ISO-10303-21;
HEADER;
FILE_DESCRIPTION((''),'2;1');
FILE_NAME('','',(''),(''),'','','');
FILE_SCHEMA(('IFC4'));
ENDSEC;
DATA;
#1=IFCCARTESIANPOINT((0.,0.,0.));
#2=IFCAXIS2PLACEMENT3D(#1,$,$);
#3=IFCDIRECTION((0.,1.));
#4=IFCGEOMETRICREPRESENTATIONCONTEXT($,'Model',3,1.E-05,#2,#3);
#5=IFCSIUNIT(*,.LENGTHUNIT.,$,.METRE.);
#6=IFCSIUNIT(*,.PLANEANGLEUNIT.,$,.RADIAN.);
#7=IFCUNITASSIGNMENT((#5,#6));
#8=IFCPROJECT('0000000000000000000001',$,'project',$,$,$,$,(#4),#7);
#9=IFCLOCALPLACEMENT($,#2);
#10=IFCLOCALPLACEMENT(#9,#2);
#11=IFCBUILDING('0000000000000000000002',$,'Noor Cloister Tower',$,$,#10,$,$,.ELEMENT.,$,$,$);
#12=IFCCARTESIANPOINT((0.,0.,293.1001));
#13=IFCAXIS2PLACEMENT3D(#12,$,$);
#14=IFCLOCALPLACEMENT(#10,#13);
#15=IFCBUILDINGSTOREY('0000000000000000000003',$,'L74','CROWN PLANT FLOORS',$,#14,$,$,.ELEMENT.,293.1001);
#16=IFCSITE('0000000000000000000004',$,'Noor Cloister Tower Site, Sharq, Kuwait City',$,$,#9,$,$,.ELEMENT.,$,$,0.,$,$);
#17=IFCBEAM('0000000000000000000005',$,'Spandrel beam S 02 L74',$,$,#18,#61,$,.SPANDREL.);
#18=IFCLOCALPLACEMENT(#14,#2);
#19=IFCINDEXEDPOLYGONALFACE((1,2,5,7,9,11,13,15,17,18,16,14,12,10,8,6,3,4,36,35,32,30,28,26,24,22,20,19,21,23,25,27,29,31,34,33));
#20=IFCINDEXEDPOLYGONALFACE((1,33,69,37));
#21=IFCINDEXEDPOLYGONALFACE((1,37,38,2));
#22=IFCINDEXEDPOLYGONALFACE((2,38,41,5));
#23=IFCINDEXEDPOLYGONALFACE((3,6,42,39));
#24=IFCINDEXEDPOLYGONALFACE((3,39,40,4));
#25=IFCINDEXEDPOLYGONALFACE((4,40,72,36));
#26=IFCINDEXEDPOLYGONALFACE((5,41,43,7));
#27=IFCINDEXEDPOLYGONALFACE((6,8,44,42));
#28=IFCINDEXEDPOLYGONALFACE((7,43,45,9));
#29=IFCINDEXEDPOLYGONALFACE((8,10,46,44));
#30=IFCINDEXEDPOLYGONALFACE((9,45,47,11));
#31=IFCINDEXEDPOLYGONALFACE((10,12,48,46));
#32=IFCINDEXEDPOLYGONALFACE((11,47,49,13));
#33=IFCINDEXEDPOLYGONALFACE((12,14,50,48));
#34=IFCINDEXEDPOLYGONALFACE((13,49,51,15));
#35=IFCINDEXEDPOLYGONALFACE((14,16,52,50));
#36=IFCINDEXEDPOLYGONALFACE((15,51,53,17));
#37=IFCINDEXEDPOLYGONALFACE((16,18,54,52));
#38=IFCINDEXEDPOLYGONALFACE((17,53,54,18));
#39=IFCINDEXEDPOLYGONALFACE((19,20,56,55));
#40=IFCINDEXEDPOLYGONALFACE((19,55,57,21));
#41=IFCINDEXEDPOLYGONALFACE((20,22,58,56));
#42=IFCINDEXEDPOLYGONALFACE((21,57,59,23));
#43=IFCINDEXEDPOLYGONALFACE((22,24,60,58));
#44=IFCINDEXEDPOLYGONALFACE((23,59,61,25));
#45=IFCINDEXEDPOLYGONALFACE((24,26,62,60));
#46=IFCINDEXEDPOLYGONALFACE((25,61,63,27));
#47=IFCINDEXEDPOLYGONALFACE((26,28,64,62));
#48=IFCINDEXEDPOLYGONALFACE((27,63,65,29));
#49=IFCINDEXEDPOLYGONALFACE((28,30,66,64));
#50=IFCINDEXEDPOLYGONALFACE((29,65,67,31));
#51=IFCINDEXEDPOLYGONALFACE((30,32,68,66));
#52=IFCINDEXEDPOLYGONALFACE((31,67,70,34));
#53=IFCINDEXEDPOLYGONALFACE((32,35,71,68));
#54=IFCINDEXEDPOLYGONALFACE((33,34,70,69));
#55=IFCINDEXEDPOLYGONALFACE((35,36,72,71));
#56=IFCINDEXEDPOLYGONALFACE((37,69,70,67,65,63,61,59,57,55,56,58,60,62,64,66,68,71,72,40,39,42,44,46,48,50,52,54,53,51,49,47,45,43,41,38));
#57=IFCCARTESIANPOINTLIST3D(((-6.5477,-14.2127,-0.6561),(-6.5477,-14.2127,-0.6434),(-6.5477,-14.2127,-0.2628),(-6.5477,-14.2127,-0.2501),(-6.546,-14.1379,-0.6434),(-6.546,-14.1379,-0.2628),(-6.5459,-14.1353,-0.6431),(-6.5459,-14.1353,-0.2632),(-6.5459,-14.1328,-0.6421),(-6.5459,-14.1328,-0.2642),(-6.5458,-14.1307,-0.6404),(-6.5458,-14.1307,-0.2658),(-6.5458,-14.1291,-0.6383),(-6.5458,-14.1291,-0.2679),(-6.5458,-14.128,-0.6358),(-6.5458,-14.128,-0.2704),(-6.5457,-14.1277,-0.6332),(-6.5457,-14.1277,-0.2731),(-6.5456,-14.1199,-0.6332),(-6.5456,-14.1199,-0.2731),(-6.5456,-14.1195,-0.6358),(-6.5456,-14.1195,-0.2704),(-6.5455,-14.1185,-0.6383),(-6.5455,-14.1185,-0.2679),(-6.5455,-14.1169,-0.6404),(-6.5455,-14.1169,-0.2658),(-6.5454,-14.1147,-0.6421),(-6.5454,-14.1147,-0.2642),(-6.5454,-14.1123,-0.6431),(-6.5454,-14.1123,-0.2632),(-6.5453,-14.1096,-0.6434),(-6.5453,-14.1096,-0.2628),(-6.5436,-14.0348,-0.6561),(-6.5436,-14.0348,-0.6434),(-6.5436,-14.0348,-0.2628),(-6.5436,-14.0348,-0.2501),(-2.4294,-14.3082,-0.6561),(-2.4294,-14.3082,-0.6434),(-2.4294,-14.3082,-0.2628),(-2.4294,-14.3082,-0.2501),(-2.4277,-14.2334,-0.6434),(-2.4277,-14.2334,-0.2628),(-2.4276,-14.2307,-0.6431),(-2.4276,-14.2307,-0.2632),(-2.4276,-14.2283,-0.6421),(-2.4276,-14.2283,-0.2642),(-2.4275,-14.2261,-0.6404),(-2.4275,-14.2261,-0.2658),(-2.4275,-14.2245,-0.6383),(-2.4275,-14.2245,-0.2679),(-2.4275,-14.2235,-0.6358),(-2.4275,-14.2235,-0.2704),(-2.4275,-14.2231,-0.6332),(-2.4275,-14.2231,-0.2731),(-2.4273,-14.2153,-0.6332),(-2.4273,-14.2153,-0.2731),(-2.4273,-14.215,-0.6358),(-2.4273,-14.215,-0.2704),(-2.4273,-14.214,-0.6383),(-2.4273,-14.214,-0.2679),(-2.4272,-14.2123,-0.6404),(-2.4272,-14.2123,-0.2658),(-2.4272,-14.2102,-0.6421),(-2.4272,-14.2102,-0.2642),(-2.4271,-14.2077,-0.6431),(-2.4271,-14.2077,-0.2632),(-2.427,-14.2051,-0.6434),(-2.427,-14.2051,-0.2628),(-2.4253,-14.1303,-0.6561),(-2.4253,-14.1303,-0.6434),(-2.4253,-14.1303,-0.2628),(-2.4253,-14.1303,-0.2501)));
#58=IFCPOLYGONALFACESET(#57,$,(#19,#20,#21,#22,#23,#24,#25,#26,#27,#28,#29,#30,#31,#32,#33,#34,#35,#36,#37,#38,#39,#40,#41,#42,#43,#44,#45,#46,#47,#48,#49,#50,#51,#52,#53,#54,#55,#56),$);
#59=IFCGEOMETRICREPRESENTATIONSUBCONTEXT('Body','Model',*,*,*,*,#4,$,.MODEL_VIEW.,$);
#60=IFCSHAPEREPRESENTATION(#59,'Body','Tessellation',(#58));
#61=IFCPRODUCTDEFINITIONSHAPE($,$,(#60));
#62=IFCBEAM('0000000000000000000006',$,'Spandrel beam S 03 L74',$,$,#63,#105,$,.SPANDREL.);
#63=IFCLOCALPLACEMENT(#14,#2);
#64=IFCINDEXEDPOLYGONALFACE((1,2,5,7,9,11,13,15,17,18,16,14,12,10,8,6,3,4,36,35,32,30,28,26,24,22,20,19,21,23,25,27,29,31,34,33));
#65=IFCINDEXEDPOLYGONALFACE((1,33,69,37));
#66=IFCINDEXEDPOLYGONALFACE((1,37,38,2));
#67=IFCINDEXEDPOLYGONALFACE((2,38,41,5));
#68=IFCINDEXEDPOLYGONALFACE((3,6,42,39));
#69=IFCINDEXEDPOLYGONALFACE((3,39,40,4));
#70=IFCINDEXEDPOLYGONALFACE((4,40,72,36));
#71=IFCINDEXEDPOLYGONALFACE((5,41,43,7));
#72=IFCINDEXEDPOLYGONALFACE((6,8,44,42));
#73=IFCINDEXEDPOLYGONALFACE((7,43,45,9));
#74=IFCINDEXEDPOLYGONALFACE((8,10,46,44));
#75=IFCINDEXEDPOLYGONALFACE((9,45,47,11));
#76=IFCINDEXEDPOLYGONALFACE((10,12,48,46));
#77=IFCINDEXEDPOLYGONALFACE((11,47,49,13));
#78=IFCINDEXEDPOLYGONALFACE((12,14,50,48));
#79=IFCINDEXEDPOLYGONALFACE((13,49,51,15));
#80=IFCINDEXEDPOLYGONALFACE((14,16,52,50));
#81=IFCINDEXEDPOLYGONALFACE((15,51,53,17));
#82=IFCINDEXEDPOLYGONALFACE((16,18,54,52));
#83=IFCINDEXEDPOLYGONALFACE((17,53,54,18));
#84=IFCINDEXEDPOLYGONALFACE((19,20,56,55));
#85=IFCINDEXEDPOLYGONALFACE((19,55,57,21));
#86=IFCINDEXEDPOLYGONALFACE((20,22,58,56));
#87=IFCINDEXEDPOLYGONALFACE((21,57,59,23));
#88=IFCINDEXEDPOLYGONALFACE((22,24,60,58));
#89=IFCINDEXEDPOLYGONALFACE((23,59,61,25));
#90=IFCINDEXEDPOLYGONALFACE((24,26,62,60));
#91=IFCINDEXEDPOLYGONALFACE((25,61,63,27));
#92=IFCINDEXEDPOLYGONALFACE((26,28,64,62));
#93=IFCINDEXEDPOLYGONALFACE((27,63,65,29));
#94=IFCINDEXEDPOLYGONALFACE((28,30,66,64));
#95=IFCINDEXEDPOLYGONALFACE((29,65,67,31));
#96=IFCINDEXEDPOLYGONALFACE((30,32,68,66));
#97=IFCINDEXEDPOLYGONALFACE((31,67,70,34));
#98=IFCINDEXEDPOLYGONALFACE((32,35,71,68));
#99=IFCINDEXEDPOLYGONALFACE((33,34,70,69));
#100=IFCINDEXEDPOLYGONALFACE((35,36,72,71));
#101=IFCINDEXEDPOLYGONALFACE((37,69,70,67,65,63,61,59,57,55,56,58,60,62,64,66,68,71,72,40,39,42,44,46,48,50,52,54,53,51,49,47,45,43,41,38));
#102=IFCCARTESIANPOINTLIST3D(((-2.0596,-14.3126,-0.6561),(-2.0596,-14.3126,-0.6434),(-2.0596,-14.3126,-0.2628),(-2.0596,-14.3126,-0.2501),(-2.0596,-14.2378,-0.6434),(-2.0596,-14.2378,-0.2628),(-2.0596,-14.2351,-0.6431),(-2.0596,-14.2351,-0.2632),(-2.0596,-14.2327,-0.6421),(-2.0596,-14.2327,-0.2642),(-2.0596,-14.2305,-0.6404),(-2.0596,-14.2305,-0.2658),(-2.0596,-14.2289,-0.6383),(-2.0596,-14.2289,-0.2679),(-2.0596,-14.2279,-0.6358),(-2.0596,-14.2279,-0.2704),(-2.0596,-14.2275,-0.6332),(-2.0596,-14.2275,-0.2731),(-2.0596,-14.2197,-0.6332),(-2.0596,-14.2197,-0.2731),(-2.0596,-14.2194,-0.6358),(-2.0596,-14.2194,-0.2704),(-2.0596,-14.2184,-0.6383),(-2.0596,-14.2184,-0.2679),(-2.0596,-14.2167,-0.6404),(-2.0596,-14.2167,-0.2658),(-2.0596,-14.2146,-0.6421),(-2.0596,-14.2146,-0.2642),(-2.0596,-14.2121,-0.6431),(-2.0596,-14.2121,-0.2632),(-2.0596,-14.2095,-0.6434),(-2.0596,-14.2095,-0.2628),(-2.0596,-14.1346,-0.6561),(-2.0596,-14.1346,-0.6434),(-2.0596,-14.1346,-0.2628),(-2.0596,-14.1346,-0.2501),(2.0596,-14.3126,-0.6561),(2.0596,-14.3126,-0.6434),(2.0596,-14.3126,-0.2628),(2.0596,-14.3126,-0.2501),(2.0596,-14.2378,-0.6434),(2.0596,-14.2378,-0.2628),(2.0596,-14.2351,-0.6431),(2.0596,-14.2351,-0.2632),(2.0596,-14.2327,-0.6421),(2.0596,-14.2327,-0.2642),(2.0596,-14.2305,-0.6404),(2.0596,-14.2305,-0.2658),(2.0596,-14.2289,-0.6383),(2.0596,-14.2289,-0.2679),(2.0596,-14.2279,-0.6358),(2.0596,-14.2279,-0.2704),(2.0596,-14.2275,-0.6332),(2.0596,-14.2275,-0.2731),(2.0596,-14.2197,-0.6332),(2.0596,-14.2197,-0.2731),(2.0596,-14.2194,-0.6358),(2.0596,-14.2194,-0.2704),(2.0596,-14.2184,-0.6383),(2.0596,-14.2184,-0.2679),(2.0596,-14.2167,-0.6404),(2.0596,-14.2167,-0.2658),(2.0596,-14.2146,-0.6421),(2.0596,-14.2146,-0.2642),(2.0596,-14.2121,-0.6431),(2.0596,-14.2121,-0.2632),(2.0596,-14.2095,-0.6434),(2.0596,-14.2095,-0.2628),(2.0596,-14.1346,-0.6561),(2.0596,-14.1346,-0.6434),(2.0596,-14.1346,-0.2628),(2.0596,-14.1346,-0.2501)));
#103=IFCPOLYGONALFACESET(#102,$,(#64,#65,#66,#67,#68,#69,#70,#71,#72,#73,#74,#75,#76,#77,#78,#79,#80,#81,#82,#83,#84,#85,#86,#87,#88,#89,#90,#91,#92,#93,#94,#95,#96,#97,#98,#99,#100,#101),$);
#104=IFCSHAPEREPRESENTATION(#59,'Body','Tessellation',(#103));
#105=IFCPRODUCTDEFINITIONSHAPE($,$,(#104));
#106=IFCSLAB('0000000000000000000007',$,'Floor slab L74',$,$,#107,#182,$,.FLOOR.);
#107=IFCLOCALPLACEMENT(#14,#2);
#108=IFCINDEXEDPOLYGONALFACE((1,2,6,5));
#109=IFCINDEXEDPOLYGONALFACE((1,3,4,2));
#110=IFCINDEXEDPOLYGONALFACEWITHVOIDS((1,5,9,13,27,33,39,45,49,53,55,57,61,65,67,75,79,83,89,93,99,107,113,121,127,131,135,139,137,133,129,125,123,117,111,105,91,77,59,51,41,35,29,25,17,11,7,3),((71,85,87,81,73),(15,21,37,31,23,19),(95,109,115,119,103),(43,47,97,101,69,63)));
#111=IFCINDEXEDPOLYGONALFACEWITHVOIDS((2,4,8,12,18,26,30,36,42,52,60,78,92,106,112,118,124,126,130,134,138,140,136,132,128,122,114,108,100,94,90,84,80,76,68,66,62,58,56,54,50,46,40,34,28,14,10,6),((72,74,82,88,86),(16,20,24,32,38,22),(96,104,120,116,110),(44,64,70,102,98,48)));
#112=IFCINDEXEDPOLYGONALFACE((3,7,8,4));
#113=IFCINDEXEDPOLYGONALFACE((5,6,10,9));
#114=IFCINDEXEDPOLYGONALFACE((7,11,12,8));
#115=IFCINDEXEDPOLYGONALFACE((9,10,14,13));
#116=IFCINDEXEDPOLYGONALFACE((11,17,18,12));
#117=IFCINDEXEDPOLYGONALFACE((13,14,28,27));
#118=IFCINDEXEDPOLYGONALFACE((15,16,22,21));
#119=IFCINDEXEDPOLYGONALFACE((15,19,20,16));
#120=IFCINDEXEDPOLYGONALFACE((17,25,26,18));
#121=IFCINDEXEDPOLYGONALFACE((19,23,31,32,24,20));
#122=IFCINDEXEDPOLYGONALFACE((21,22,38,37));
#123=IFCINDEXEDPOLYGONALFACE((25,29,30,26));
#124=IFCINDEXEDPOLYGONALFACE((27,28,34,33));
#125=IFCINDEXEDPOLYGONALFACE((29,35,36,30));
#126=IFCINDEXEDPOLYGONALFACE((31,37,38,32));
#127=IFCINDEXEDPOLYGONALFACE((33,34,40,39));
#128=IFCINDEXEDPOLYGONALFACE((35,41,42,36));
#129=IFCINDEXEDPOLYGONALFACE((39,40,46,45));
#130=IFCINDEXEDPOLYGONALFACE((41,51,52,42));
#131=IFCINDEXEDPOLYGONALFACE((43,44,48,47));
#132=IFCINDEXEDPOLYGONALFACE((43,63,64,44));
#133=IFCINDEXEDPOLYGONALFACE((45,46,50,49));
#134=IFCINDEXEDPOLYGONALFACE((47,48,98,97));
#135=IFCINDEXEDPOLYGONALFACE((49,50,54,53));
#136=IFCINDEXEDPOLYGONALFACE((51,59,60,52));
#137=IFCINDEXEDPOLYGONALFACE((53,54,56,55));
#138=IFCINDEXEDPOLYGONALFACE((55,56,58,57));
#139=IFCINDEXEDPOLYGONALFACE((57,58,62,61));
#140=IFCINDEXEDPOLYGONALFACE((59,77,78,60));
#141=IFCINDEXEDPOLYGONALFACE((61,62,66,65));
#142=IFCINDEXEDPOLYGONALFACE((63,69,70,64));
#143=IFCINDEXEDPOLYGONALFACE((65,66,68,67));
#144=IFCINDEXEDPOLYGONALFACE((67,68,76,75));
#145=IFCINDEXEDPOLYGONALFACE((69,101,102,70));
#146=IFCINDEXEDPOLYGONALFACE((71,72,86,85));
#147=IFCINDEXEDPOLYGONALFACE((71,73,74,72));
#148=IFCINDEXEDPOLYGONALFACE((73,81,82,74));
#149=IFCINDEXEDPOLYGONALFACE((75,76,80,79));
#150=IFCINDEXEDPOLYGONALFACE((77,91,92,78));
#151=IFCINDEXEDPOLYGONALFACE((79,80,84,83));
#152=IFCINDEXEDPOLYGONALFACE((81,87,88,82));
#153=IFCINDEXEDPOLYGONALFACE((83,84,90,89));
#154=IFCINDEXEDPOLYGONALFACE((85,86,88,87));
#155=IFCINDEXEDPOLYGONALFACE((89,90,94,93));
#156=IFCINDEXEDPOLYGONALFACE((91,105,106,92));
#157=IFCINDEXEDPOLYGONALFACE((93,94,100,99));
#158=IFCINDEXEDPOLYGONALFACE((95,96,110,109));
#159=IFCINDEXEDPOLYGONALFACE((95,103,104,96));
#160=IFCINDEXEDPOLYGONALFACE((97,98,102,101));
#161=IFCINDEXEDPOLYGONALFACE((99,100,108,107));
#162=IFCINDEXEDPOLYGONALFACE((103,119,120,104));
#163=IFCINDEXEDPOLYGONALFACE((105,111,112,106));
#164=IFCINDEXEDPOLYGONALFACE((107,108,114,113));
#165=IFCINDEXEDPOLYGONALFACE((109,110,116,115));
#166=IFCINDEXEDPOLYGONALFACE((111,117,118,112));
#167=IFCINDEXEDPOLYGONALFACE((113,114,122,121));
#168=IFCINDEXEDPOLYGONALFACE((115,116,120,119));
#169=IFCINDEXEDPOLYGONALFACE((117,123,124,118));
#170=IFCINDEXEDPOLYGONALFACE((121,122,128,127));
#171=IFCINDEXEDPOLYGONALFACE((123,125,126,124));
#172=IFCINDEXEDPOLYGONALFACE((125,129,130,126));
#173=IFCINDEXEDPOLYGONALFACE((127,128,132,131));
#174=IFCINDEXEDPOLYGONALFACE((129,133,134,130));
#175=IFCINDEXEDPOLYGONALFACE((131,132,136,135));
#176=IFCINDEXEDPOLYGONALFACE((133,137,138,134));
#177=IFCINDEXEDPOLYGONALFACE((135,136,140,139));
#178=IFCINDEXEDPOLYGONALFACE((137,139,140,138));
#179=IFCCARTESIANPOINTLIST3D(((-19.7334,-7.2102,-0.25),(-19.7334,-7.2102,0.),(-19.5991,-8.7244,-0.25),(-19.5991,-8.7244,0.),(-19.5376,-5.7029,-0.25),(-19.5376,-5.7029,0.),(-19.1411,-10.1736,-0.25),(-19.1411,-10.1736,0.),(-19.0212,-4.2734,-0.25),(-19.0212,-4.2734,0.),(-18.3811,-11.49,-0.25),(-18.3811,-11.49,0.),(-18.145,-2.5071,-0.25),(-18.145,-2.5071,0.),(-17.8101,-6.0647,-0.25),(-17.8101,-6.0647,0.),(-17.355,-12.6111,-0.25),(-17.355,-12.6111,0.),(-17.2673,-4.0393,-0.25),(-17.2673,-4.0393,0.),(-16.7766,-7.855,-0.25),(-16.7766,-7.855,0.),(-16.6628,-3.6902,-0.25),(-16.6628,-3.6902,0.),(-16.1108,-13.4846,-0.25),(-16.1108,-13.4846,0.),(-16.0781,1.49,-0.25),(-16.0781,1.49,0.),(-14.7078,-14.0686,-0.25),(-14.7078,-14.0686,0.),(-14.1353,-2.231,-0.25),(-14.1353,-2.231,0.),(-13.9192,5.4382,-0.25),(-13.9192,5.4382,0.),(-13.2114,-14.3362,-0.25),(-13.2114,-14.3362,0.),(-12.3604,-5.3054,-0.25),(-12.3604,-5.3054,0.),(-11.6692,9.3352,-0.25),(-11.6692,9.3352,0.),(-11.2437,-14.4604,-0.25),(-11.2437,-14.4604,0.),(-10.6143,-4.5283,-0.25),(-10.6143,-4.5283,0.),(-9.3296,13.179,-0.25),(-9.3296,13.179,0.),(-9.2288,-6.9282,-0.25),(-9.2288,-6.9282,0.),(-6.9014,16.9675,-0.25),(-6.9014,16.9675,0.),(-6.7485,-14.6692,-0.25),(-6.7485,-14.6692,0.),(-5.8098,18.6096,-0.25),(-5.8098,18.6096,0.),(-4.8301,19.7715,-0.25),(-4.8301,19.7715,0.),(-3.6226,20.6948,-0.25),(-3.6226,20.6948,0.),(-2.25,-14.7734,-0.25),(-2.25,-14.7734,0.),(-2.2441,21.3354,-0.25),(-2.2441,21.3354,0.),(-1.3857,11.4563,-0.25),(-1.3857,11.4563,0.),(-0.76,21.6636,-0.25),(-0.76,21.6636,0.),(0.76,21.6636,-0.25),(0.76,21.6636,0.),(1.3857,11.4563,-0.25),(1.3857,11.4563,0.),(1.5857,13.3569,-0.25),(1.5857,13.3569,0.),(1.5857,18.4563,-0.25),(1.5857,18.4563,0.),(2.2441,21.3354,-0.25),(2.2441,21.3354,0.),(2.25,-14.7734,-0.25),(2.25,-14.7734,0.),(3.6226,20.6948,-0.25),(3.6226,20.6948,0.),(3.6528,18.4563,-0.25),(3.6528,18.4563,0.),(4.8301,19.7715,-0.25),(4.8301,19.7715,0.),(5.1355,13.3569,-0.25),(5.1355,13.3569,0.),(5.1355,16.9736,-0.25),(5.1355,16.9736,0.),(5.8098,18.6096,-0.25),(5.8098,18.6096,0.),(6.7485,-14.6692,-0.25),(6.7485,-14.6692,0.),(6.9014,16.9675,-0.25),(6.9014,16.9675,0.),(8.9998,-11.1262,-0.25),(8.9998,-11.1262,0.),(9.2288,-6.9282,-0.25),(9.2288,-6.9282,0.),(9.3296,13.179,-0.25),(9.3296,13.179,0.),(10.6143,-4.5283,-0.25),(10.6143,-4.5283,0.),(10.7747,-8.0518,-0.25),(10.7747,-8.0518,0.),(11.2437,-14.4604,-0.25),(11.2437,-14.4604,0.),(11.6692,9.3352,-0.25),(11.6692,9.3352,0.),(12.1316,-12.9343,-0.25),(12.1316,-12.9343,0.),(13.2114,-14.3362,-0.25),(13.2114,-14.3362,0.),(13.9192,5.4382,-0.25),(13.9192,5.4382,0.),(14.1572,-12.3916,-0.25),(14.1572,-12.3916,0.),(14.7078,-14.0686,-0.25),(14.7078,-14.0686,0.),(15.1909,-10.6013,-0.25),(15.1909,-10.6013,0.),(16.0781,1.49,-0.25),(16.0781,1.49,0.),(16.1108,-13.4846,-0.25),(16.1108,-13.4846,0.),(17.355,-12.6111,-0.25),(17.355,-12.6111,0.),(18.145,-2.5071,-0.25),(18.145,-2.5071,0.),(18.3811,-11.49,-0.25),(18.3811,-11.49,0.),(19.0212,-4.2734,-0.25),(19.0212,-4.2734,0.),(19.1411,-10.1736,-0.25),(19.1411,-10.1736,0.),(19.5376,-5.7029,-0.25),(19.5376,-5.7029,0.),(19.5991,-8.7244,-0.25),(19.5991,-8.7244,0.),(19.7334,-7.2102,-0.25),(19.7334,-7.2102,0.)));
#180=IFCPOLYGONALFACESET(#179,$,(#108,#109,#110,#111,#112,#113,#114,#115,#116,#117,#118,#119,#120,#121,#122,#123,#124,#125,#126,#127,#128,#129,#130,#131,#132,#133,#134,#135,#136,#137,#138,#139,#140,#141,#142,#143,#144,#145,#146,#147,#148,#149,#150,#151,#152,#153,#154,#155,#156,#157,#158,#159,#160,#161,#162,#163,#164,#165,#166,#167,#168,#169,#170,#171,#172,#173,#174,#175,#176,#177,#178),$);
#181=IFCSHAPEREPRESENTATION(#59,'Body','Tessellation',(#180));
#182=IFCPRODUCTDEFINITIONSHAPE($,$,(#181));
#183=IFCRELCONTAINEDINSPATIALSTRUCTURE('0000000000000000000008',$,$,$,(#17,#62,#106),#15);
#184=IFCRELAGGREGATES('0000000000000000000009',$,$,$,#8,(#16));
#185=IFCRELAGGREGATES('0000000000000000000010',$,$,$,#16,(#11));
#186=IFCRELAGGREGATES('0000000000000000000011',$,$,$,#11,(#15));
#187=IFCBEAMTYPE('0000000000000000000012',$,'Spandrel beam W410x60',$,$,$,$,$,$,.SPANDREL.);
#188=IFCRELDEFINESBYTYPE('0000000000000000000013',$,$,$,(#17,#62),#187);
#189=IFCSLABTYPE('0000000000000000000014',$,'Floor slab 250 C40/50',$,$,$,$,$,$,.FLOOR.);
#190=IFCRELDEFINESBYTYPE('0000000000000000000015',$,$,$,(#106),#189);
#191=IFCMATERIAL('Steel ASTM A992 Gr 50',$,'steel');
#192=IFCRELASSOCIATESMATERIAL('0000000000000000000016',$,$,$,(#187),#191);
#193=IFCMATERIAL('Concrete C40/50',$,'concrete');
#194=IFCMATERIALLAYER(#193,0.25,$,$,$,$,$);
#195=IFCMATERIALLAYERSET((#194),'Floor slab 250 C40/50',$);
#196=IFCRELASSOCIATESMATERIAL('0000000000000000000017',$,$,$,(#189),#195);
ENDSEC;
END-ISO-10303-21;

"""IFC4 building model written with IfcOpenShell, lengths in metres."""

from ifc_helpers import new_model, si_unit, direction, frame, origin, origin_2d, place, context, subcontext, project, spatial, polyline, i_section, outline, extrude, material, layer, layer_set, material_profile, profile_set, type_object, element, save


model = new_model("IFC4")

# Units and contexts
model_context = context("Model", 3, precision=1e-05, world=origin(), true_north=direction((0.0, 1.0)))
body_context = subcontext(model_context, "Body", "Model", "MODEL_VIEW")
ifc_project = project(units=[si_unit("LENGTHUNIT", "METRE"), si_unit("PLANEANGLEUNIT", "RADIAN")], contexts=[model_context])

# Site, building, storey
site_placement = place(None, origin())
site = spatial("IfcSite", under=ifc_project, at=site_placement, Name="Noor Cloister Tower Site, Sharq, Kuwait City", CompositionType="ELEMENT", RefElevation=0.0)
building_placement = place(site_placement, origin())
building = spatial("IfcBuilding", under=site, at=building_placement, Name="Noor Cloister Tower", CompositionType="ELEMENT")
storey_placement = place(building_placement, frame((0.0, 0.0, 293.1001)))
storey = spatial("IfcBuildingStorey", under=building, at=storey_placement, Name="L74", Description="CROWN PLANT FLOORS", CompositionType="ELEMENT", Elevation=293.1001)

# Beams
ifc_material_1 = material(Name="Steel ASTM A992 Gr 50", Category="steel")
ifc_material_profile_1 = material_profile(ifc_material_1, i_section(OverallWidth=0.178, OverallDepth=0.406, WebThickness=0.0078, FlangeThickness=0.0127, FilletRadius=0.0103, at=origin_2d()), Name="W410x60")
ifc_profile_set_1 = profile_set([ifc_material_profile_1], Name="Steel ASTM A992 Gr 50")
beam_type_1 = type_object("IfcBeamType", Name="Spandrel beam W410x60", PredefinedType="SPANDREL", material=ifc_profile_set_1)
beam_1_placement = place(storey_placement, frame((-6.5457, -14.1238, -0.4531), z_axis=(0.999731, -0.023174, 0.0), x_axis=(0.023174, 0.999731, 0.0)))
element("IfcBeam", 1, at=beam_1_placement, inside=storey, type_object=beam_type_1, Name="Spandrel beam S 02 L74", PredefinedType="SPANDREL", context=body_context, shape_type="SweptSolid", body=[
    extrude(i_section(OverallWidth=0.178, OverallDepth=0.406, WebThickness=0.0078, FlangeThickness=0.0127, FilletRadius=0.0103, at=origin_2d()), origin(), (0.0, 0.0, 1.0), 4.1194),
])
beam_2_placement = place(storey_placement, frame((-2.0596, -14.2236, -0.4531), z_axis=(1.0, 0.0, 0.0), x_axis=(0.0, 1.0, 0.0)))
element("IfcBeam", 2, at=beam_2_placement, inside=storey, type_object=beam_type_1, Name="Spandrel beam S 03 L74", PredefinedType="SPANDREL", context=body_context, shape_type="SweptSolid", body=[
    extrude(i_section(OverallWidth=0.178, OverallDepth=0.406, WebThickness=0.0078, FlangeThickness=0.0127, FilletRadius=0.0103, at=origin_2d()), origin(), (0.0, 0.0, 1.0), 4.1191),
])

# Slab
ifc_material_2 = material(Name="Concrete C40/50", Category="concrete")
ifc_layer_1 = layer(ifc_material_2, 0.25)
ifc_layer_set_1 = layer_set([ifc_layer_1], Name="Floor slab 250 C40/50")
slab_type = type_object("IfcSlabType", Name="Floor slab 250 C40/50", PredefinedType="FLOOR", material=ifc_layer_set_1)
slab_placement = place(storey_placement, frame((0.0, 0.0, -0.25)))
element("IfcSlab", 3, at=slab_placement, inside=storey, type_object=slab_type, Name="Floor slab L74", PredefinedType="FLOOR", context=body_context, shape_type="SweptSolid", body=[
    extrude(outline(polyline([(5.8098, 18.6096), (4.8301, 19.7715), (3.6226, 20.6948), (2.2441, 21.3354), (0.76, 21.6636), (-0.76, 21.6636), (-2.2441, 21.3354), (-3.6226, 20.6948), (-4.8301, 19.7715), (-5.8098, 18.6096), (-6.9014, 16.9675), (-9.3296, 13.179), (-11.6692, 9.3352), (-13.9192, 5.4382), (-16.0781, 1.49), (-18.145, -2.5071), (-19.0212, -4.2734), (-19.5376, -5.7029), (-19.7334, -7.2102), (-19.5991, -8.7244), (-19.1411, -10.1736), (-18.3811, -11.49), (-17.355, -12.6111), (-16.1108, -13.4846), (-14.7078, -14.0686), (-13.2114, -14.3362), (-11.2437, -14.4604), (-6.7485, -14.6692), (-2.25, -14.7734), (2.25, -14.7734), (6.7485, -14.6692), (11.2437, -14.4604), (13.2114, -14.3362), (14.7078, -14.0686), (16.1108, -13.4846), (17.355, -12.6111), (18.3811, -11.49), (19.1411, -10.1736), (19.5991, -8.7244), (19.7334, -7.2102), (19.5376, -5.7029), (19.0212, -4.2734), (18.145, -2.5071), (16.0781, 1.49), (13.9192, 5.4382), (11.6692, 9.3352), (9.3296, 13.179), (6.9014, 16.9675), (5.8098, 18.6096)]), holes=[polyline([(8.9998, -11.1262), (12.1316, -12.9343), (14.1572, -12.3916), (15.1909, -10.6013), (10.7747, -8.0518), (8.9998, -11.1262)]), polyline([(-17.8101, -6.0647), (-16.7766, -7.855), (-12.3604, -5.3054), (-14.1353, -2.231), (-16.6628, -3.6902), (-17.2673, -4.0393), (-17.8101, -6.0647)]), polyline([(-10.6143, -4.5283), (-9.2288, -6.9282), (9.2288, -6.9282), (10.6143, -4.5283), (1.3857, 11.4563), (-1.3857, 11.4563), (-10.6143, -4.5283)]), polyline([(3.6528, 18.4563), (1.5857, 18.4563), (1.5857, 13.3569), (5.1355, 13.3569), (5.1355, 16.9736), (3.6528, 18.4563)])]), origin(), (0.0, 0.0, 1.0), 0.25),
])

save(model, "model.ifc")
